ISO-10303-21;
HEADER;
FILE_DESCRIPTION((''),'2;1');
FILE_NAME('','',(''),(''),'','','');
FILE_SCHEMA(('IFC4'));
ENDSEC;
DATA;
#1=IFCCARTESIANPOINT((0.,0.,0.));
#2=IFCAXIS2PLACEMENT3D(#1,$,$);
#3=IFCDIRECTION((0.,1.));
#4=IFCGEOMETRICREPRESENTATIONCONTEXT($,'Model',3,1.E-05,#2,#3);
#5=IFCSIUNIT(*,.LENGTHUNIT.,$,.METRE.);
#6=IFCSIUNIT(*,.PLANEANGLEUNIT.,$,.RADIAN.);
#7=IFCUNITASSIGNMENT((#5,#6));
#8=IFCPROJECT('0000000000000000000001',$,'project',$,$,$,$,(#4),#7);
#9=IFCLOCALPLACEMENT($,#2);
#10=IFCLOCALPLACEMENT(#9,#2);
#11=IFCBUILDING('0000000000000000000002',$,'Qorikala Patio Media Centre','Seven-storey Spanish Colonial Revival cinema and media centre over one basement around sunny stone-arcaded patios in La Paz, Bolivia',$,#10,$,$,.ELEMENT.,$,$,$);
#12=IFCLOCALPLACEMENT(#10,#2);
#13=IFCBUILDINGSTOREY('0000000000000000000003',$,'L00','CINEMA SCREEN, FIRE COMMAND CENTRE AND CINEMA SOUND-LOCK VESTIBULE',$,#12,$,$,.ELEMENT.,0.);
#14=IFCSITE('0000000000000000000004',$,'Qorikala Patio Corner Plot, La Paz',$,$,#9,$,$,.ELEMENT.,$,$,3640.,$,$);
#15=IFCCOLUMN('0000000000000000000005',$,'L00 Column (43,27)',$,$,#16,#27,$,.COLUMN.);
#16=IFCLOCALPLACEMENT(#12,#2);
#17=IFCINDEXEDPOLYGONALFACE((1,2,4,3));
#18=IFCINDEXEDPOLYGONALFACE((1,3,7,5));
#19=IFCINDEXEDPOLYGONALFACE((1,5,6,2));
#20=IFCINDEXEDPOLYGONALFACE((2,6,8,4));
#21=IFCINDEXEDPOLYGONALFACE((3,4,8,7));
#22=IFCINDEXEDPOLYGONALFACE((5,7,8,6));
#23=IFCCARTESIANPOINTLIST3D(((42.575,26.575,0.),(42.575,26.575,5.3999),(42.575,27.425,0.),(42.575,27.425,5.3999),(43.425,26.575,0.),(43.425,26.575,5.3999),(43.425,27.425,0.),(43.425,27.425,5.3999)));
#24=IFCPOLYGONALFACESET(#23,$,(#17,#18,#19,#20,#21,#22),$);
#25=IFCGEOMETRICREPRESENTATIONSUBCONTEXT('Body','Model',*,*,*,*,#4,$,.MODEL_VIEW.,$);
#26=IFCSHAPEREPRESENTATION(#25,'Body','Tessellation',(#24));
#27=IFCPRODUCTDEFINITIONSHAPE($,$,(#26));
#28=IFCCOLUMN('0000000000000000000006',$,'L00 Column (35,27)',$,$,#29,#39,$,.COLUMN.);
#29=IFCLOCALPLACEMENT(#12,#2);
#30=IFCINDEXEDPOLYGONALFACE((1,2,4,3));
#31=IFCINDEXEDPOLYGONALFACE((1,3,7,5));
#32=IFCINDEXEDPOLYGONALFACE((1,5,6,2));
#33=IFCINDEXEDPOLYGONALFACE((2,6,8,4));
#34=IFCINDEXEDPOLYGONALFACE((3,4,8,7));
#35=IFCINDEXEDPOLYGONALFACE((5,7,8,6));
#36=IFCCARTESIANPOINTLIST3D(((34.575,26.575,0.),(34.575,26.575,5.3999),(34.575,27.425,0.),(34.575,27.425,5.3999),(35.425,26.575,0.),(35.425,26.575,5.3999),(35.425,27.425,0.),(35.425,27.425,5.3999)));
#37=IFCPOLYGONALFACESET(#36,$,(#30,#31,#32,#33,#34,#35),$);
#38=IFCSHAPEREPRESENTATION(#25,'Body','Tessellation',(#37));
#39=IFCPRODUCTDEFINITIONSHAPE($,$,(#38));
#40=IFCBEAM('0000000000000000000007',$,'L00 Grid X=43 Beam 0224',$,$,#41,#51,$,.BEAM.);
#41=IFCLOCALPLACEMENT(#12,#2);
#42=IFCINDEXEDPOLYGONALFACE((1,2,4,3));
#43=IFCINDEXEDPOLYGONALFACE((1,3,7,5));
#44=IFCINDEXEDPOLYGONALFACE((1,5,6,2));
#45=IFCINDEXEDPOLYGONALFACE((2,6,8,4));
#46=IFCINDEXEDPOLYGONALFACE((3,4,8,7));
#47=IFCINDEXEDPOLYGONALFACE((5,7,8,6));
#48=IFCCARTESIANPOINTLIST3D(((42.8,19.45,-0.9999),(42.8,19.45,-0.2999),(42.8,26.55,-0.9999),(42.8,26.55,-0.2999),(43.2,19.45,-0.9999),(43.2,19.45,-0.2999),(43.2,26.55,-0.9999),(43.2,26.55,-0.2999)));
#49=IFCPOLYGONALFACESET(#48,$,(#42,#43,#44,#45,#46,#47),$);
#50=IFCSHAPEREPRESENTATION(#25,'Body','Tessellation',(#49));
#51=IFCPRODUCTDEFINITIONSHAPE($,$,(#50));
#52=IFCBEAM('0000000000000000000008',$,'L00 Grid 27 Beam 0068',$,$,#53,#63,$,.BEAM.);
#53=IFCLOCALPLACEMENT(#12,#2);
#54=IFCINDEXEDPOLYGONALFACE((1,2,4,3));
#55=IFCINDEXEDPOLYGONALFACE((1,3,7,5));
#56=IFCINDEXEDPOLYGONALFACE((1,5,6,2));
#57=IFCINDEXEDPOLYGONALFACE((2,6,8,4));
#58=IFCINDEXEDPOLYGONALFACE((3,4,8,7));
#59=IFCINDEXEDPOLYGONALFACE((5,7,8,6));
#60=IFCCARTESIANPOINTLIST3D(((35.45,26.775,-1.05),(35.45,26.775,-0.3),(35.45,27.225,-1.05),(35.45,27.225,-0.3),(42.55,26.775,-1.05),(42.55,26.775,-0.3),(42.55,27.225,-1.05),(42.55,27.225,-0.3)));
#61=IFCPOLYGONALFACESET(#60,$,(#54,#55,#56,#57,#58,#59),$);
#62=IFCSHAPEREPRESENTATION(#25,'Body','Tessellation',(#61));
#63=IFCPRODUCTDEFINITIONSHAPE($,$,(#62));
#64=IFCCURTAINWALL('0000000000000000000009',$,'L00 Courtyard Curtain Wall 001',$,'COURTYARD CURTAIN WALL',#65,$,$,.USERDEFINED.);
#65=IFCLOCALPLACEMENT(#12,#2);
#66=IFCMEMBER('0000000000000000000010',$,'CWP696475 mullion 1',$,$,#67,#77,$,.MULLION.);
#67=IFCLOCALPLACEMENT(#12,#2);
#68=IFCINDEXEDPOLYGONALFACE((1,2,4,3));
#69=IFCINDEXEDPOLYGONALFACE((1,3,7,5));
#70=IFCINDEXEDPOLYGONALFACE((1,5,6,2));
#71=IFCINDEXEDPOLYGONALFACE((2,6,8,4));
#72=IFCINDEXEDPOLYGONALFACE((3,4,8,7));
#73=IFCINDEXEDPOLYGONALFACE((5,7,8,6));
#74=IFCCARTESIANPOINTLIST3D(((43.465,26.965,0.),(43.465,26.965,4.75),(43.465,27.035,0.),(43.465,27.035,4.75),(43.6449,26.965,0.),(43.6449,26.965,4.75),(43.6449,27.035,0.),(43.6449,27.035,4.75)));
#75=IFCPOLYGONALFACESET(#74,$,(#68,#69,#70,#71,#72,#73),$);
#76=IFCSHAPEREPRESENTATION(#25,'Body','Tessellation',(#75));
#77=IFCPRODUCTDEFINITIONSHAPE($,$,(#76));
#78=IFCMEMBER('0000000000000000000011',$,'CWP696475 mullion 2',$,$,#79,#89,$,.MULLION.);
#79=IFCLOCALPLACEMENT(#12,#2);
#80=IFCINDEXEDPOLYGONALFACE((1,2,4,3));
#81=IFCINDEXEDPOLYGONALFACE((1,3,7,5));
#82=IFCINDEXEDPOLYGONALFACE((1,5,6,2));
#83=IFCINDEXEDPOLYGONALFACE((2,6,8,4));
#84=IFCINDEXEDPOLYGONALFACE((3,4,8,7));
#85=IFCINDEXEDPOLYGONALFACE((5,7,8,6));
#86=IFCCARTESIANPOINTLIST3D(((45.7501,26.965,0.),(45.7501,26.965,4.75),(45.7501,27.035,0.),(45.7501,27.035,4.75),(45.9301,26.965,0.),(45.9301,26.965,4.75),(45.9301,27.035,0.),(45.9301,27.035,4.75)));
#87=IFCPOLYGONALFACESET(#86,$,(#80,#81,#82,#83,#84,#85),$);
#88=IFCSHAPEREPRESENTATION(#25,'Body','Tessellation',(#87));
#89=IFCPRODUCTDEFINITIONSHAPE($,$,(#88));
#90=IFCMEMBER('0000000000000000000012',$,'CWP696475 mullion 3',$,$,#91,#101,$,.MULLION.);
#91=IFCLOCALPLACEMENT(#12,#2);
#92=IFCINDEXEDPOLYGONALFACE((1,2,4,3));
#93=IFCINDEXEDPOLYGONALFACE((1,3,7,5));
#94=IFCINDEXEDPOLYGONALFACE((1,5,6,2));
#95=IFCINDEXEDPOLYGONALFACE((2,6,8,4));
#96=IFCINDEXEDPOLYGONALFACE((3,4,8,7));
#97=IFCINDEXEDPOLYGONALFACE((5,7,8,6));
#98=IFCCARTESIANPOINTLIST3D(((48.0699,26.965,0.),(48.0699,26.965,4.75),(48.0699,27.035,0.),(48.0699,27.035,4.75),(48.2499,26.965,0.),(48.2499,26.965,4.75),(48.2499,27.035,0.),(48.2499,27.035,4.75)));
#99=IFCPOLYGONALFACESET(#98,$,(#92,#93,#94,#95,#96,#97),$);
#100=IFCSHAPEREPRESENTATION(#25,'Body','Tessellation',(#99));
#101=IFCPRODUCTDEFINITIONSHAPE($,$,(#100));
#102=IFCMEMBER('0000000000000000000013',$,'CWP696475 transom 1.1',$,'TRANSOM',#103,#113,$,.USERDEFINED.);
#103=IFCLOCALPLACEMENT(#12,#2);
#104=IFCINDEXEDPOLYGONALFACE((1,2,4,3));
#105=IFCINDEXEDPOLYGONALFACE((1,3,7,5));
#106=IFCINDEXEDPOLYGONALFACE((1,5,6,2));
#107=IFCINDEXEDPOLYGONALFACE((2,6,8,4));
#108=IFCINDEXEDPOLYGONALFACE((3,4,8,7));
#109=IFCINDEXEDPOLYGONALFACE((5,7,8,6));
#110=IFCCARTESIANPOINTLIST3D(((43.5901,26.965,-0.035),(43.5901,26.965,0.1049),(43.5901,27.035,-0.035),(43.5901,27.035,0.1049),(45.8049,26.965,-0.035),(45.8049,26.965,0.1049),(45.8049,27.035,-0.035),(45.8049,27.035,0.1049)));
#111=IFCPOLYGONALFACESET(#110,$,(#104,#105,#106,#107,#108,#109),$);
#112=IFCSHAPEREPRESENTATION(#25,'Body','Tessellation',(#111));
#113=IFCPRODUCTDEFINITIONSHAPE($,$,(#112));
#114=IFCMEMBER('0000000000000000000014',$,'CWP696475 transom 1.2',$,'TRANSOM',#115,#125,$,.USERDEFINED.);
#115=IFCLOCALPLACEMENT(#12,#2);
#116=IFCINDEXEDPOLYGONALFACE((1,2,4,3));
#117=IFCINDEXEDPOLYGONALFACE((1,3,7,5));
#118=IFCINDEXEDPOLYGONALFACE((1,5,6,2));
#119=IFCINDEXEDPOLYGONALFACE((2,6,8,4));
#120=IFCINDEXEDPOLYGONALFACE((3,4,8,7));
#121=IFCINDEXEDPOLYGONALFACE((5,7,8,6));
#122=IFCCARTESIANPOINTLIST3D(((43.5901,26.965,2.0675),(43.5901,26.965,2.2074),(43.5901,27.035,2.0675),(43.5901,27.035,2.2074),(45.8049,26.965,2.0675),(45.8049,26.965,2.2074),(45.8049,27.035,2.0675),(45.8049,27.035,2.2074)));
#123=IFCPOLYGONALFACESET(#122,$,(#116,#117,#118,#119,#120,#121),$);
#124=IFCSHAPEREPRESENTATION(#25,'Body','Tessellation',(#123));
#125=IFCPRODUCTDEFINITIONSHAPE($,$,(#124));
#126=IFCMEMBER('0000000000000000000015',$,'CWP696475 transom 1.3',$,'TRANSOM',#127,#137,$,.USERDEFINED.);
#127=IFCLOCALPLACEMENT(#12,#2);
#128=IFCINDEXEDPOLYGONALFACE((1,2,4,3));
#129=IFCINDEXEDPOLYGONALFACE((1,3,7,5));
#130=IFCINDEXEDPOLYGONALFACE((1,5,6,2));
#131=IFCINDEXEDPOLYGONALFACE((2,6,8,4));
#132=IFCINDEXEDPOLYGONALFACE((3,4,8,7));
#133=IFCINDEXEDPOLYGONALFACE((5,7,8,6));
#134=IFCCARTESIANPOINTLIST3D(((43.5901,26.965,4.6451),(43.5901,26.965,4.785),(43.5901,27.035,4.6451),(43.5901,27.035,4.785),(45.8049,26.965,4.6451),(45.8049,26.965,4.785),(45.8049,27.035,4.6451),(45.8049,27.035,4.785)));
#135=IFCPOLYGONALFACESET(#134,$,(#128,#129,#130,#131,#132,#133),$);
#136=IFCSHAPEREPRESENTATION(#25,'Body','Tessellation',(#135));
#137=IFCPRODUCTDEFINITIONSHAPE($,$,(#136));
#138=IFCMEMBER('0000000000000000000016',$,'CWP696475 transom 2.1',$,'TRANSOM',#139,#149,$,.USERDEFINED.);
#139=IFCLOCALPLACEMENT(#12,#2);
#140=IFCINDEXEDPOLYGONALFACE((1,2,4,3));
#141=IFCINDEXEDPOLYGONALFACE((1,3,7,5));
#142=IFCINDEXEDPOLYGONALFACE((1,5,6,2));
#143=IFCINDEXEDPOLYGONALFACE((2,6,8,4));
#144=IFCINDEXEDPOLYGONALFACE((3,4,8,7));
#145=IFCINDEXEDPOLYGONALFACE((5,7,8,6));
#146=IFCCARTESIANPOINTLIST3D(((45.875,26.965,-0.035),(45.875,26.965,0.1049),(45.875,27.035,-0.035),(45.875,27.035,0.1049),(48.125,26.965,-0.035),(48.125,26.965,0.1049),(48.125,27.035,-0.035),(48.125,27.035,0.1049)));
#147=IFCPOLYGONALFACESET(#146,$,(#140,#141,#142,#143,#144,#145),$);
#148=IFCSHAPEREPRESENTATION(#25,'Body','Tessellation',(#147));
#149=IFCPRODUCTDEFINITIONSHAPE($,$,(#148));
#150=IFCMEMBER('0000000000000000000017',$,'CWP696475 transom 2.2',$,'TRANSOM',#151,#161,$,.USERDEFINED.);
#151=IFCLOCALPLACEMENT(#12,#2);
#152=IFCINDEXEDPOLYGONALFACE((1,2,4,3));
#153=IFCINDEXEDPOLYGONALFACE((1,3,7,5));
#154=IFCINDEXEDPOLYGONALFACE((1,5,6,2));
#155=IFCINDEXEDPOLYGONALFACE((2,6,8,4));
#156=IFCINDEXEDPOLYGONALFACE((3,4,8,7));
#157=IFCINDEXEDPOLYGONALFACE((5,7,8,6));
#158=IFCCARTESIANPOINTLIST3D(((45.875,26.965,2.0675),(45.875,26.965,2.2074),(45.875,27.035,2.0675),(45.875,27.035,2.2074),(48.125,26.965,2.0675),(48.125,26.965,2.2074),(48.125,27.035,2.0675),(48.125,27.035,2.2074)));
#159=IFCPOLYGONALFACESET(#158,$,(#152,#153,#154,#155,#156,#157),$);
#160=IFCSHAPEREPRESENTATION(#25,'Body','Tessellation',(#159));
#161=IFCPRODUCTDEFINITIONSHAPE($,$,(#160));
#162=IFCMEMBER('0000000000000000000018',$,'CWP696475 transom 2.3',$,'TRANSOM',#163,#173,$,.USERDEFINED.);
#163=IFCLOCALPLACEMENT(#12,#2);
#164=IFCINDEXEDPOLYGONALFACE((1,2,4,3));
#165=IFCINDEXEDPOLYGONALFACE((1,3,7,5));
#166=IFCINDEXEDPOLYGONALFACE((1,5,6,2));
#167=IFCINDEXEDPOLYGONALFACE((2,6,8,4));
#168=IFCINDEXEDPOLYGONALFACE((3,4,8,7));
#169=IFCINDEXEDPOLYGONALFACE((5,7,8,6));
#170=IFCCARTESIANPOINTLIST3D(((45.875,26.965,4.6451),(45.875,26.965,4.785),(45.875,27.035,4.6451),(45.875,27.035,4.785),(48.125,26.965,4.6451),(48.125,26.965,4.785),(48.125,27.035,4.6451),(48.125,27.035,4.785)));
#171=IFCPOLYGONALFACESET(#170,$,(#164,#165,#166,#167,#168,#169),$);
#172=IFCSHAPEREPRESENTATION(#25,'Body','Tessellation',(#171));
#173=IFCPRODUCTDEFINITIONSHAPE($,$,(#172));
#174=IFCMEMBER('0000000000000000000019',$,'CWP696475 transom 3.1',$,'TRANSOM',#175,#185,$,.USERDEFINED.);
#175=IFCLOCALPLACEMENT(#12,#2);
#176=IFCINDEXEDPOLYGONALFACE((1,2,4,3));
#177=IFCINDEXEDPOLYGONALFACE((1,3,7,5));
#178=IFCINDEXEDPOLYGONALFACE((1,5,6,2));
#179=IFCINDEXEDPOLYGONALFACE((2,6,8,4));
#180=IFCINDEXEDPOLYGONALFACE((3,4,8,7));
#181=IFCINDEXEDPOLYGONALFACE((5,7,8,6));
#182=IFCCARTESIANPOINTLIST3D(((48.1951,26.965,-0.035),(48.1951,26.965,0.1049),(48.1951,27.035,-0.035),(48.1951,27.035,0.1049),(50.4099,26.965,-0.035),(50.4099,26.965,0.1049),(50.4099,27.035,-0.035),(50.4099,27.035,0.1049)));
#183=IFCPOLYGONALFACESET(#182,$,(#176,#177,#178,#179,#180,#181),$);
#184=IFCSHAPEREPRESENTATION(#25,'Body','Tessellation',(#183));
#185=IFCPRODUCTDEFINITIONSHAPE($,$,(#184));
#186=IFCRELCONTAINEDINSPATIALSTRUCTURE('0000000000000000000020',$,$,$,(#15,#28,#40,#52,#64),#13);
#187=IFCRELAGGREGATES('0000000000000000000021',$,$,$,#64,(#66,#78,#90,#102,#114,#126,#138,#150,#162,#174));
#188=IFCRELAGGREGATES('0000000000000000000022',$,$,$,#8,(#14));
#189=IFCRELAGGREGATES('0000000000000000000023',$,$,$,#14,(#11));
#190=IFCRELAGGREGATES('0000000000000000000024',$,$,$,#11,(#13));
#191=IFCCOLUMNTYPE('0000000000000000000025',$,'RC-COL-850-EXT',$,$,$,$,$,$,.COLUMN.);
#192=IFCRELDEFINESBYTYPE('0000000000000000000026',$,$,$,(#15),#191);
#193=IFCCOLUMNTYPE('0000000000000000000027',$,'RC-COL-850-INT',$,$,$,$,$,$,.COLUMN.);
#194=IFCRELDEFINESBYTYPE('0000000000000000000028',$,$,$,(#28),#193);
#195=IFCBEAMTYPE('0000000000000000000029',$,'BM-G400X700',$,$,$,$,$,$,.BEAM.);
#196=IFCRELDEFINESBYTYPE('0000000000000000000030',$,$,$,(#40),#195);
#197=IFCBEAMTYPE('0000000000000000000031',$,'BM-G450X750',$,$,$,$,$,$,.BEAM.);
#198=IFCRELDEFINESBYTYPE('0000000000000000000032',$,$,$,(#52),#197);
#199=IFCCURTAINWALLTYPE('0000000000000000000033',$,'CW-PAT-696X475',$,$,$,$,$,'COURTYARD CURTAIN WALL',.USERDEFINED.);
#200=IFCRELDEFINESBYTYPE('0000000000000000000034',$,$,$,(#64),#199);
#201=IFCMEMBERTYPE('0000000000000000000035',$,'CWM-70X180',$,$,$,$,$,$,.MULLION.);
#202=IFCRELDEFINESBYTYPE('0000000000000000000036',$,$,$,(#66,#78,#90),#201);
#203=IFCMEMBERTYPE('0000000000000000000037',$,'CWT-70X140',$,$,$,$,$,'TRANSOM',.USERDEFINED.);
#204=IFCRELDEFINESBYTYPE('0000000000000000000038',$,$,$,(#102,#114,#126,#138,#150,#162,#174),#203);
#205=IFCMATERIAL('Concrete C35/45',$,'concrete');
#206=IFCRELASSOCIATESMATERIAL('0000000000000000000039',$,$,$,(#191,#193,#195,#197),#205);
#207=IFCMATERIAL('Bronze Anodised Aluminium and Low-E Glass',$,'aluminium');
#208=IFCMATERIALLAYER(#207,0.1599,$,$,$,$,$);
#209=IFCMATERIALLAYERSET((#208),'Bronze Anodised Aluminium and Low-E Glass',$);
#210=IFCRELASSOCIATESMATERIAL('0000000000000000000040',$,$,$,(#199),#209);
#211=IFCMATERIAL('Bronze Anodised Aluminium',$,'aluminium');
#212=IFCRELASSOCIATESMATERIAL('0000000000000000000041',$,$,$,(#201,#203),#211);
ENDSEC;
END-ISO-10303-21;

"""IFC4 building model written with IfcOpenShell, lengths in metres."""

from ifc_helpers import new_model, si_unit, direction, frame, origin, origin_2d, place, context, subcontext, project, spatial, rectangle, extrude, material, layer, layer_set, material_profile, profile_set, type_object, element, aggregate, save


model = new_model("IFC4")

# Units and contexts
model_context = context("Model", 3, precision=1e-05, world=origin(), true_north=direction((0.0, 1.0)))
body_context = subcontext(model_context, "Body", "Model", "MODEL_VIEW")
ifc_project = project(units=[si_unit("LENGTHUNIT", "METRE"), si_unit("PLANEANGLEUNIT", "RADIAN")], contexts=[model_context])

# Site, building, storey
site_placement = place(None, origin())
site = spatial("IfcSite", under=ifc_project, at=site_placement, Name="Qorikala Patio Corner Plot, La Paz", CompositionType="ELEMENT", RefElevation=3640.0)
building_placement = place(site_placement, origin())
building = spatial("IfcBuilding", under=site, at=building_placement, Name="Qorikala Patio Media Centre", Description="Seven-storey Spanish Colonial Revival cinema and media centre over one basement around sunny stone-arcaded patios in La Paz, Bolivia", CompositionType="ELEMENT")
storey_placement = place(building_placement, origin())
storey = spatial("IfcBuildingStorey", under=building, at=storey_placement, Name="L00", Description="CINEMA SCREEN, FIRE COMMAND CENTRE AND CINEMA SOUND-LOCK VESTIBULE", CompositionType="ELEMENT", Elevation=0.0)

# Columns
ifc_material_1 = material(Name="Concrete C35/45", Category="concrete")
ifc_material_profile_1 = material_profile(ifc_material_1, rectangle(XDim=0.8501, YDim=0.8501, at=origin_2d()), Name="RC 850x850")
ifc_profile_set_1 = profile_set([ifc_material_profile_1], Name="Concrete C35/45")
column_type_1 = type_object("IfcColumnType", Name="RC-COL-850-EXT", PredefinedType="COLUMN", material=ifc_profile_set_1)
column_1_placement = place(storey_placement, frame((43.0, 27.0, 0.0), z_axis=(0.0, 0.0, 1.0), x_axis=(1.0, 0.0, 0.0)))
element("IfcColumn", 1, at=column_1_placement, inside=storey, type_object=column_type_1, Name="L00 Column (43,27)", PredefinedType="COLUMN", context=body_context, shape_type="SweptSolid", body=[
    extrude(rectangle(XDim=0.8501, YDim=0.8501, at=origin_2d()), origin(), (0.0, 0.0, 1.0), 5.3999),
])
ifc_material_profile_2 = material_profile(ifc_material_1, rectangle(XDim=0.8501, YDim=0.8501, at=origin_2d()), Name="RC 850x850")
ifc_profile_set_2 = profile_set([ifc_material_profile_2], Name="Concrete C35/45")
column_type_2 = type_object("IfcColumnType", Name="RC-COL-850-INT", PredefinedType="COLUMN", material=ifc_profile_set_2)
column_2_placement = place(storey_placement, frame((35.0, 27.0, 0.0), z_axis=(0.0, 0.0, 1.0), x_axis=(1.0, 0.0, 0.0)))
element("IfcColumn", 2, at=column_2_placement, inside=storey, type_object=column_type_2, Name="L00 Column (35,27)", PredefinedType="COLUMN", context=body_context, shape_type="SweptSolid", body=[
    extrude(rectangle(XDim=0.8501, YDim=0.8501, at=origin_2d()), origin(), (0.0, 0.0, 1.0), 5.3999),
])

# Beams
ifc_material_profile_3 = material_profile(ifc_material_1, rectangle(XDim=0.3999, YDim=0.7, at=origin_2d()), Name="RC 400x700")
ifc_profile_set_3 = profile_set([ifc_material_profile_3], Name="Concrete C35/45")
beam_type_1 = type_object("IfcBeamType", Name="BM-G400X700", PredefinedType="BEAM", material=ifc_profile_set_3)
beam_1_placement = place(storey_placement, frame((43.0, 19.45, -0.6499), z_axis=(0.0, 1.0, 0.0), x_axis=(-1.0, 0.0, 0.0)))
element("IfcBeam", 3, at=beam_1_placement, inside=storey, type_object=beam_type_1, Name="L00 Grid X=43 Beam 0224", PredefinedType="BEAM", context=body_context, shape_type="SweptSolid", body=[
    extrude(rectangle(XDim=0.3999, YDim=0.7, at=origin_2d()), origin(), (0.0, 0.0, 1.0), 7.1001),
])
ifc_material_profile_4 = material_profile(ifc_material_1, rectangle(XDim=0.45, YDim=0.75, at=origin_2d()), Name="RC 450x750")
ifc_profile_set_4 = profile_set([ifc_material_profile_4], Name="Concrete C35/45")
beam_type_2 = type_object("IfcBeamType", Name="BM-G450X750", PredefinedType="BEAM", material=ifc_profile_set_4)
beam_2_placement = place(storey_placement, frame((35.45, 27.0, -0.675), z_axis=(1.0, 0.0, 0.0), x_axis=(0.0, 1.0, 0.0)))
element("IfcBeam", 4, at=beam_2_placement, inside=storey, type_object=beam_type_2, Name="L00 Grid 27 Beam 0068", PredefinedType="BEAM", context=body_context, shape_type="SweptSolid", body=[
    extrude(rectangle(XDim=0.45, YDim=0.75, at=origin_2d()), origin(), (0.0, 0.0, 1.0), 7.1001),
])

# Curtain wall, members
ifc_material_2 = material(Name="Bronze Anodised Aluminium and Low-E Glass", Category="aluminium")
ifc_layer_1 = layer(ifc_material_2, 0.1599)
ifc_layer_set_1 = layer_set([ifc_layer_1], Name="Bronze Anodised Aluminium and Low-E Glass")
curtain_wall_type = type_object("IfcCurtainWallType", Name="CW-PAT-696X475", ElementType="COURTYARD CURTAIN WALL", PredefinedType="USERDEFINED", material=ifc_layer_set_1)
curtain_wall_placement = place(storey_placement, origin())
curtain_wall = element("IfcCurtainWall", 5, at=curtain_wall_placement, inside=storey, type_object=curtain_wall_type, Name="L00 Courtyard Curtain Wall 001", ObjectType="COURTYARD CURTAIN WALL", PredefinedType="USERDEFINED")
ifc_material_3 = material(Name="Bronze Anodised Aluminium", Category="aluminium")
ifc_material_profile_5 = material_profile(ifc_material_3, rectangle(XDim=0.0701, YDim=0.1799, at=origin_2d()), Name="ALU MULLION 70x180")
ifc_profile_set_5 = profile_set([ifc_material_profile_5], Name="Bronze Anodised Aluminium")
member_type_1 = type_object("IfcMemberType", Name="CWM-70X180", PredefinedType="MULLION", material=ifc_profile_set_5)
member_1_placement = place(storey_placement, frame((43.5549, 27.0, 0.0), z_axis=(0.0, 0.0, 1.0), x_axis=(0.0, 1.0, 0.0)))
member_1 = element("IfcMember", 6, at=member_1_placement, type_object=member_type_1, Name="CWP696475 mullion 1", PredefinedType="MULLION", context=body_context, shape_type="SweptSolid", body=[
    extrude(rectangle(XDim=0.0701, YDim=0.1799, at=origin_2d()), origin(), (0.0, 0.0, 1.0), 4.75),
])
member_2_placement = place(storey_placement, frame((45.8401, 27.0, 0.0), z_axis=(0.0, 0.0, 1.0), x_axis=(0.0, 1.0, 0.0)))
member_2 = element("IfcMember", 7, at=member_2_placement, type_object=member_type_1, Name="CWP696475 mullion 2", PredefinedType="MULLION", context=body_context, shape_type="SweptSolid", body=[
    extrude(rectangle(XDim=0.0701, YDim=0.1799, at=origin_2d()), origin(), (0.0, 0.0, 1.0), 4.75),
])
member_3_placement = place(storey_placement, frame((48.1599, 27.0, 0.0), z_axis=(0.0, 0.0, 1.0), x_axis=(0.0, 1.0, 0.0)))
member_3 = element("IfcMember", 8, at=member_3_placement, type_object=member_type_1, Name="CWP696475 mullion 3", PredefinedType="MULLION", context=body_context, shape_type="SweptSolid", body=[
    extrude(rectangle(XDim=0.0701, YDim=0.1799, at=origin_2d()), origin(), (0.0, 0.0, 1.0), 4.75),
])
ifc_material_profile_6 = material_profile(ifc_material_3, rectangle(XDim=0.0701, YDim=0.1399, at=origin_2d()), Name="ALU TRANSOM 70x140")
ifc_profile_set_6 = profile_set([ifc_material_profile_6], Name="Bronze Anodised Aluminium")
member_type_2 = type_object("IfcMemberType", Name="CWT-70X140", ElementType="TRANSOM", PredefinedType="USERDEFINED", material=ifc_profile_set_6)
member_4_placement = place(storey_placement, frame((43.5901, 27.0, 0.0349), z_axis=(1.0, 0.0, 0.0), x_axis=(0.0, 1.0, 0.0)))
member_4 = element("IfcMember", 9, at=member_4_placement, type_object=member_type_2, Name="CWP696475 transom 1.1", ObjectType="TRANSOM", PredefinedType="USERDEFINED", context=body_context, shape_type="SweptSolid", body=[
    extrude(rectangle(XDim=0.0701, YDim=0.1399, at=origin_2d()), origin(), (0.0, 0.0, 1.0), 2.2148),
])
member_5_placement = place(storey_placement, frame((43.5901, 27.0, 2.1375), z_axis=(1.0, 0.0, 0.0), x_axis=(0.0, 1.0, 0.0)))
member_5 = element("IfcMember", 10, at=member_5_placement, type_object=member_type_2, Name="CWP696475 transom 1.2", ObjectType="TRANSOM", PredefinedType="USERDEFINED", context=body_context, shape_type="SweptSolid", body=[
    extrude(rectangle(XDim=0.0701, YDim=0.1399, at=origin_2d()), origin(), (0.0, 0.0, 1.0), 2.2148),
])
member_6_placement = place(storey_placement, frame((43.5901, 27.0, 4.7151), z_axis=(1.0, 0.0, 0.0), x_axis=(0.0, 1.0, 0.0)))
member_6 = element("IfcMember", 11, at=member_6_placement, type_object=member_type_2, Name="CWP696475 transom 1.3", ObjectType="TRANSOM", PredefinedType="USERDEFINED", context=body_context, shape_type="SweptSolid", body=[
    extrude(rectangle(XDim=0.0701, YDim=0.1399, at=origin_2d()), origin(), (0.0, 0.0, 1.0), 2.2148),
])
member_7_placement = place(storey_placement, frame((45.875, 27.0, 0.0349), z_axis=(1.0, 0.0, 0.0), x_axis=(0.0, 1.0, 0.0)))
member_7 = element("IfcMember", 12, at=member_7_placement, type_object=member_type_2, Name="CWP696475 transom 2.1", ObjectType="TRANSOM", PredefinedType="USERDEFINED", context=body_context, shape_type="SweptSolid", body=[
    extrude(rectangle(XDim=0.0701, YDim=0.1399, at=origin_2d()), origin(), (0.0, 0.0, 1.0), 2.25),
])
member_8_placement = place(storey_placement, frame((45.875, 27.0, 2.1375), z_axis=(1.0, 0.0, 0.0), x_axis=(0.0, 1.0, 0.0)))
member_8 = element("IfcMember", 13, at=member_8_placement, type_object=member_type_2, Name="CWP696475 transom 2.2", ObjectType="TRANSOM", PredefinedType="USERDEFINED", context=body_context, shape_type="SweptSolid", body=[
    extrude(rectangle(XDim=0.0701, YDim=0.1399, at=origin_2d()), origin(), (0.0, 0.0, 1.0), 2.25),
])
member_9_placement = place(storey_placement, frame((45.875, 27.0, 4.7151), z_axis=(1.0, 0.0, 0.0), x_axis=(0.0, 1.0, 0.0)))
member_9 = element("IfcMember", 14, at=member_9_placement, type_object=member_type_2, Name="CWP696475 transom 2.3", ObjectType="TRANSOM", PredefinedType="USERDEFINED", context=body_context, shape_type="SweptSolid", body=[
    extrude(rectangle(XDim=0.0701, YDim=0.1399, at=origin_2d()), origin(), (0.0, 0.0, 1.0), 2.25),
])
member_10_placement = place(storey_placement, frame((48.1951, 27.0, 0.0349), z_axis=(1.0, 0.0, 0.0), x_axis=(0.0, 1.0, 0.0)))
member_10 = element("IfcMember", 15, at=member_10_placement, type_object=member_type_2, Name="CWP696475 transom 3.1", ObjectType="TRANSOM", PredefinedType="USERDEFINED", context=body_context, shape_type="SweptSolid", body=[
    extrude(rectangle(XDim=0.0701, YDim=0.1399, at=origin_2d()), origin(), (0.0, 0.0, 1.0), 2.2148),
])

aggregate(curtain_wall, [member_1, member_2, member_3, member_4, member_5, member_6, member_7, member_8, member_9, member_10])

save(model, "model.ifc")
